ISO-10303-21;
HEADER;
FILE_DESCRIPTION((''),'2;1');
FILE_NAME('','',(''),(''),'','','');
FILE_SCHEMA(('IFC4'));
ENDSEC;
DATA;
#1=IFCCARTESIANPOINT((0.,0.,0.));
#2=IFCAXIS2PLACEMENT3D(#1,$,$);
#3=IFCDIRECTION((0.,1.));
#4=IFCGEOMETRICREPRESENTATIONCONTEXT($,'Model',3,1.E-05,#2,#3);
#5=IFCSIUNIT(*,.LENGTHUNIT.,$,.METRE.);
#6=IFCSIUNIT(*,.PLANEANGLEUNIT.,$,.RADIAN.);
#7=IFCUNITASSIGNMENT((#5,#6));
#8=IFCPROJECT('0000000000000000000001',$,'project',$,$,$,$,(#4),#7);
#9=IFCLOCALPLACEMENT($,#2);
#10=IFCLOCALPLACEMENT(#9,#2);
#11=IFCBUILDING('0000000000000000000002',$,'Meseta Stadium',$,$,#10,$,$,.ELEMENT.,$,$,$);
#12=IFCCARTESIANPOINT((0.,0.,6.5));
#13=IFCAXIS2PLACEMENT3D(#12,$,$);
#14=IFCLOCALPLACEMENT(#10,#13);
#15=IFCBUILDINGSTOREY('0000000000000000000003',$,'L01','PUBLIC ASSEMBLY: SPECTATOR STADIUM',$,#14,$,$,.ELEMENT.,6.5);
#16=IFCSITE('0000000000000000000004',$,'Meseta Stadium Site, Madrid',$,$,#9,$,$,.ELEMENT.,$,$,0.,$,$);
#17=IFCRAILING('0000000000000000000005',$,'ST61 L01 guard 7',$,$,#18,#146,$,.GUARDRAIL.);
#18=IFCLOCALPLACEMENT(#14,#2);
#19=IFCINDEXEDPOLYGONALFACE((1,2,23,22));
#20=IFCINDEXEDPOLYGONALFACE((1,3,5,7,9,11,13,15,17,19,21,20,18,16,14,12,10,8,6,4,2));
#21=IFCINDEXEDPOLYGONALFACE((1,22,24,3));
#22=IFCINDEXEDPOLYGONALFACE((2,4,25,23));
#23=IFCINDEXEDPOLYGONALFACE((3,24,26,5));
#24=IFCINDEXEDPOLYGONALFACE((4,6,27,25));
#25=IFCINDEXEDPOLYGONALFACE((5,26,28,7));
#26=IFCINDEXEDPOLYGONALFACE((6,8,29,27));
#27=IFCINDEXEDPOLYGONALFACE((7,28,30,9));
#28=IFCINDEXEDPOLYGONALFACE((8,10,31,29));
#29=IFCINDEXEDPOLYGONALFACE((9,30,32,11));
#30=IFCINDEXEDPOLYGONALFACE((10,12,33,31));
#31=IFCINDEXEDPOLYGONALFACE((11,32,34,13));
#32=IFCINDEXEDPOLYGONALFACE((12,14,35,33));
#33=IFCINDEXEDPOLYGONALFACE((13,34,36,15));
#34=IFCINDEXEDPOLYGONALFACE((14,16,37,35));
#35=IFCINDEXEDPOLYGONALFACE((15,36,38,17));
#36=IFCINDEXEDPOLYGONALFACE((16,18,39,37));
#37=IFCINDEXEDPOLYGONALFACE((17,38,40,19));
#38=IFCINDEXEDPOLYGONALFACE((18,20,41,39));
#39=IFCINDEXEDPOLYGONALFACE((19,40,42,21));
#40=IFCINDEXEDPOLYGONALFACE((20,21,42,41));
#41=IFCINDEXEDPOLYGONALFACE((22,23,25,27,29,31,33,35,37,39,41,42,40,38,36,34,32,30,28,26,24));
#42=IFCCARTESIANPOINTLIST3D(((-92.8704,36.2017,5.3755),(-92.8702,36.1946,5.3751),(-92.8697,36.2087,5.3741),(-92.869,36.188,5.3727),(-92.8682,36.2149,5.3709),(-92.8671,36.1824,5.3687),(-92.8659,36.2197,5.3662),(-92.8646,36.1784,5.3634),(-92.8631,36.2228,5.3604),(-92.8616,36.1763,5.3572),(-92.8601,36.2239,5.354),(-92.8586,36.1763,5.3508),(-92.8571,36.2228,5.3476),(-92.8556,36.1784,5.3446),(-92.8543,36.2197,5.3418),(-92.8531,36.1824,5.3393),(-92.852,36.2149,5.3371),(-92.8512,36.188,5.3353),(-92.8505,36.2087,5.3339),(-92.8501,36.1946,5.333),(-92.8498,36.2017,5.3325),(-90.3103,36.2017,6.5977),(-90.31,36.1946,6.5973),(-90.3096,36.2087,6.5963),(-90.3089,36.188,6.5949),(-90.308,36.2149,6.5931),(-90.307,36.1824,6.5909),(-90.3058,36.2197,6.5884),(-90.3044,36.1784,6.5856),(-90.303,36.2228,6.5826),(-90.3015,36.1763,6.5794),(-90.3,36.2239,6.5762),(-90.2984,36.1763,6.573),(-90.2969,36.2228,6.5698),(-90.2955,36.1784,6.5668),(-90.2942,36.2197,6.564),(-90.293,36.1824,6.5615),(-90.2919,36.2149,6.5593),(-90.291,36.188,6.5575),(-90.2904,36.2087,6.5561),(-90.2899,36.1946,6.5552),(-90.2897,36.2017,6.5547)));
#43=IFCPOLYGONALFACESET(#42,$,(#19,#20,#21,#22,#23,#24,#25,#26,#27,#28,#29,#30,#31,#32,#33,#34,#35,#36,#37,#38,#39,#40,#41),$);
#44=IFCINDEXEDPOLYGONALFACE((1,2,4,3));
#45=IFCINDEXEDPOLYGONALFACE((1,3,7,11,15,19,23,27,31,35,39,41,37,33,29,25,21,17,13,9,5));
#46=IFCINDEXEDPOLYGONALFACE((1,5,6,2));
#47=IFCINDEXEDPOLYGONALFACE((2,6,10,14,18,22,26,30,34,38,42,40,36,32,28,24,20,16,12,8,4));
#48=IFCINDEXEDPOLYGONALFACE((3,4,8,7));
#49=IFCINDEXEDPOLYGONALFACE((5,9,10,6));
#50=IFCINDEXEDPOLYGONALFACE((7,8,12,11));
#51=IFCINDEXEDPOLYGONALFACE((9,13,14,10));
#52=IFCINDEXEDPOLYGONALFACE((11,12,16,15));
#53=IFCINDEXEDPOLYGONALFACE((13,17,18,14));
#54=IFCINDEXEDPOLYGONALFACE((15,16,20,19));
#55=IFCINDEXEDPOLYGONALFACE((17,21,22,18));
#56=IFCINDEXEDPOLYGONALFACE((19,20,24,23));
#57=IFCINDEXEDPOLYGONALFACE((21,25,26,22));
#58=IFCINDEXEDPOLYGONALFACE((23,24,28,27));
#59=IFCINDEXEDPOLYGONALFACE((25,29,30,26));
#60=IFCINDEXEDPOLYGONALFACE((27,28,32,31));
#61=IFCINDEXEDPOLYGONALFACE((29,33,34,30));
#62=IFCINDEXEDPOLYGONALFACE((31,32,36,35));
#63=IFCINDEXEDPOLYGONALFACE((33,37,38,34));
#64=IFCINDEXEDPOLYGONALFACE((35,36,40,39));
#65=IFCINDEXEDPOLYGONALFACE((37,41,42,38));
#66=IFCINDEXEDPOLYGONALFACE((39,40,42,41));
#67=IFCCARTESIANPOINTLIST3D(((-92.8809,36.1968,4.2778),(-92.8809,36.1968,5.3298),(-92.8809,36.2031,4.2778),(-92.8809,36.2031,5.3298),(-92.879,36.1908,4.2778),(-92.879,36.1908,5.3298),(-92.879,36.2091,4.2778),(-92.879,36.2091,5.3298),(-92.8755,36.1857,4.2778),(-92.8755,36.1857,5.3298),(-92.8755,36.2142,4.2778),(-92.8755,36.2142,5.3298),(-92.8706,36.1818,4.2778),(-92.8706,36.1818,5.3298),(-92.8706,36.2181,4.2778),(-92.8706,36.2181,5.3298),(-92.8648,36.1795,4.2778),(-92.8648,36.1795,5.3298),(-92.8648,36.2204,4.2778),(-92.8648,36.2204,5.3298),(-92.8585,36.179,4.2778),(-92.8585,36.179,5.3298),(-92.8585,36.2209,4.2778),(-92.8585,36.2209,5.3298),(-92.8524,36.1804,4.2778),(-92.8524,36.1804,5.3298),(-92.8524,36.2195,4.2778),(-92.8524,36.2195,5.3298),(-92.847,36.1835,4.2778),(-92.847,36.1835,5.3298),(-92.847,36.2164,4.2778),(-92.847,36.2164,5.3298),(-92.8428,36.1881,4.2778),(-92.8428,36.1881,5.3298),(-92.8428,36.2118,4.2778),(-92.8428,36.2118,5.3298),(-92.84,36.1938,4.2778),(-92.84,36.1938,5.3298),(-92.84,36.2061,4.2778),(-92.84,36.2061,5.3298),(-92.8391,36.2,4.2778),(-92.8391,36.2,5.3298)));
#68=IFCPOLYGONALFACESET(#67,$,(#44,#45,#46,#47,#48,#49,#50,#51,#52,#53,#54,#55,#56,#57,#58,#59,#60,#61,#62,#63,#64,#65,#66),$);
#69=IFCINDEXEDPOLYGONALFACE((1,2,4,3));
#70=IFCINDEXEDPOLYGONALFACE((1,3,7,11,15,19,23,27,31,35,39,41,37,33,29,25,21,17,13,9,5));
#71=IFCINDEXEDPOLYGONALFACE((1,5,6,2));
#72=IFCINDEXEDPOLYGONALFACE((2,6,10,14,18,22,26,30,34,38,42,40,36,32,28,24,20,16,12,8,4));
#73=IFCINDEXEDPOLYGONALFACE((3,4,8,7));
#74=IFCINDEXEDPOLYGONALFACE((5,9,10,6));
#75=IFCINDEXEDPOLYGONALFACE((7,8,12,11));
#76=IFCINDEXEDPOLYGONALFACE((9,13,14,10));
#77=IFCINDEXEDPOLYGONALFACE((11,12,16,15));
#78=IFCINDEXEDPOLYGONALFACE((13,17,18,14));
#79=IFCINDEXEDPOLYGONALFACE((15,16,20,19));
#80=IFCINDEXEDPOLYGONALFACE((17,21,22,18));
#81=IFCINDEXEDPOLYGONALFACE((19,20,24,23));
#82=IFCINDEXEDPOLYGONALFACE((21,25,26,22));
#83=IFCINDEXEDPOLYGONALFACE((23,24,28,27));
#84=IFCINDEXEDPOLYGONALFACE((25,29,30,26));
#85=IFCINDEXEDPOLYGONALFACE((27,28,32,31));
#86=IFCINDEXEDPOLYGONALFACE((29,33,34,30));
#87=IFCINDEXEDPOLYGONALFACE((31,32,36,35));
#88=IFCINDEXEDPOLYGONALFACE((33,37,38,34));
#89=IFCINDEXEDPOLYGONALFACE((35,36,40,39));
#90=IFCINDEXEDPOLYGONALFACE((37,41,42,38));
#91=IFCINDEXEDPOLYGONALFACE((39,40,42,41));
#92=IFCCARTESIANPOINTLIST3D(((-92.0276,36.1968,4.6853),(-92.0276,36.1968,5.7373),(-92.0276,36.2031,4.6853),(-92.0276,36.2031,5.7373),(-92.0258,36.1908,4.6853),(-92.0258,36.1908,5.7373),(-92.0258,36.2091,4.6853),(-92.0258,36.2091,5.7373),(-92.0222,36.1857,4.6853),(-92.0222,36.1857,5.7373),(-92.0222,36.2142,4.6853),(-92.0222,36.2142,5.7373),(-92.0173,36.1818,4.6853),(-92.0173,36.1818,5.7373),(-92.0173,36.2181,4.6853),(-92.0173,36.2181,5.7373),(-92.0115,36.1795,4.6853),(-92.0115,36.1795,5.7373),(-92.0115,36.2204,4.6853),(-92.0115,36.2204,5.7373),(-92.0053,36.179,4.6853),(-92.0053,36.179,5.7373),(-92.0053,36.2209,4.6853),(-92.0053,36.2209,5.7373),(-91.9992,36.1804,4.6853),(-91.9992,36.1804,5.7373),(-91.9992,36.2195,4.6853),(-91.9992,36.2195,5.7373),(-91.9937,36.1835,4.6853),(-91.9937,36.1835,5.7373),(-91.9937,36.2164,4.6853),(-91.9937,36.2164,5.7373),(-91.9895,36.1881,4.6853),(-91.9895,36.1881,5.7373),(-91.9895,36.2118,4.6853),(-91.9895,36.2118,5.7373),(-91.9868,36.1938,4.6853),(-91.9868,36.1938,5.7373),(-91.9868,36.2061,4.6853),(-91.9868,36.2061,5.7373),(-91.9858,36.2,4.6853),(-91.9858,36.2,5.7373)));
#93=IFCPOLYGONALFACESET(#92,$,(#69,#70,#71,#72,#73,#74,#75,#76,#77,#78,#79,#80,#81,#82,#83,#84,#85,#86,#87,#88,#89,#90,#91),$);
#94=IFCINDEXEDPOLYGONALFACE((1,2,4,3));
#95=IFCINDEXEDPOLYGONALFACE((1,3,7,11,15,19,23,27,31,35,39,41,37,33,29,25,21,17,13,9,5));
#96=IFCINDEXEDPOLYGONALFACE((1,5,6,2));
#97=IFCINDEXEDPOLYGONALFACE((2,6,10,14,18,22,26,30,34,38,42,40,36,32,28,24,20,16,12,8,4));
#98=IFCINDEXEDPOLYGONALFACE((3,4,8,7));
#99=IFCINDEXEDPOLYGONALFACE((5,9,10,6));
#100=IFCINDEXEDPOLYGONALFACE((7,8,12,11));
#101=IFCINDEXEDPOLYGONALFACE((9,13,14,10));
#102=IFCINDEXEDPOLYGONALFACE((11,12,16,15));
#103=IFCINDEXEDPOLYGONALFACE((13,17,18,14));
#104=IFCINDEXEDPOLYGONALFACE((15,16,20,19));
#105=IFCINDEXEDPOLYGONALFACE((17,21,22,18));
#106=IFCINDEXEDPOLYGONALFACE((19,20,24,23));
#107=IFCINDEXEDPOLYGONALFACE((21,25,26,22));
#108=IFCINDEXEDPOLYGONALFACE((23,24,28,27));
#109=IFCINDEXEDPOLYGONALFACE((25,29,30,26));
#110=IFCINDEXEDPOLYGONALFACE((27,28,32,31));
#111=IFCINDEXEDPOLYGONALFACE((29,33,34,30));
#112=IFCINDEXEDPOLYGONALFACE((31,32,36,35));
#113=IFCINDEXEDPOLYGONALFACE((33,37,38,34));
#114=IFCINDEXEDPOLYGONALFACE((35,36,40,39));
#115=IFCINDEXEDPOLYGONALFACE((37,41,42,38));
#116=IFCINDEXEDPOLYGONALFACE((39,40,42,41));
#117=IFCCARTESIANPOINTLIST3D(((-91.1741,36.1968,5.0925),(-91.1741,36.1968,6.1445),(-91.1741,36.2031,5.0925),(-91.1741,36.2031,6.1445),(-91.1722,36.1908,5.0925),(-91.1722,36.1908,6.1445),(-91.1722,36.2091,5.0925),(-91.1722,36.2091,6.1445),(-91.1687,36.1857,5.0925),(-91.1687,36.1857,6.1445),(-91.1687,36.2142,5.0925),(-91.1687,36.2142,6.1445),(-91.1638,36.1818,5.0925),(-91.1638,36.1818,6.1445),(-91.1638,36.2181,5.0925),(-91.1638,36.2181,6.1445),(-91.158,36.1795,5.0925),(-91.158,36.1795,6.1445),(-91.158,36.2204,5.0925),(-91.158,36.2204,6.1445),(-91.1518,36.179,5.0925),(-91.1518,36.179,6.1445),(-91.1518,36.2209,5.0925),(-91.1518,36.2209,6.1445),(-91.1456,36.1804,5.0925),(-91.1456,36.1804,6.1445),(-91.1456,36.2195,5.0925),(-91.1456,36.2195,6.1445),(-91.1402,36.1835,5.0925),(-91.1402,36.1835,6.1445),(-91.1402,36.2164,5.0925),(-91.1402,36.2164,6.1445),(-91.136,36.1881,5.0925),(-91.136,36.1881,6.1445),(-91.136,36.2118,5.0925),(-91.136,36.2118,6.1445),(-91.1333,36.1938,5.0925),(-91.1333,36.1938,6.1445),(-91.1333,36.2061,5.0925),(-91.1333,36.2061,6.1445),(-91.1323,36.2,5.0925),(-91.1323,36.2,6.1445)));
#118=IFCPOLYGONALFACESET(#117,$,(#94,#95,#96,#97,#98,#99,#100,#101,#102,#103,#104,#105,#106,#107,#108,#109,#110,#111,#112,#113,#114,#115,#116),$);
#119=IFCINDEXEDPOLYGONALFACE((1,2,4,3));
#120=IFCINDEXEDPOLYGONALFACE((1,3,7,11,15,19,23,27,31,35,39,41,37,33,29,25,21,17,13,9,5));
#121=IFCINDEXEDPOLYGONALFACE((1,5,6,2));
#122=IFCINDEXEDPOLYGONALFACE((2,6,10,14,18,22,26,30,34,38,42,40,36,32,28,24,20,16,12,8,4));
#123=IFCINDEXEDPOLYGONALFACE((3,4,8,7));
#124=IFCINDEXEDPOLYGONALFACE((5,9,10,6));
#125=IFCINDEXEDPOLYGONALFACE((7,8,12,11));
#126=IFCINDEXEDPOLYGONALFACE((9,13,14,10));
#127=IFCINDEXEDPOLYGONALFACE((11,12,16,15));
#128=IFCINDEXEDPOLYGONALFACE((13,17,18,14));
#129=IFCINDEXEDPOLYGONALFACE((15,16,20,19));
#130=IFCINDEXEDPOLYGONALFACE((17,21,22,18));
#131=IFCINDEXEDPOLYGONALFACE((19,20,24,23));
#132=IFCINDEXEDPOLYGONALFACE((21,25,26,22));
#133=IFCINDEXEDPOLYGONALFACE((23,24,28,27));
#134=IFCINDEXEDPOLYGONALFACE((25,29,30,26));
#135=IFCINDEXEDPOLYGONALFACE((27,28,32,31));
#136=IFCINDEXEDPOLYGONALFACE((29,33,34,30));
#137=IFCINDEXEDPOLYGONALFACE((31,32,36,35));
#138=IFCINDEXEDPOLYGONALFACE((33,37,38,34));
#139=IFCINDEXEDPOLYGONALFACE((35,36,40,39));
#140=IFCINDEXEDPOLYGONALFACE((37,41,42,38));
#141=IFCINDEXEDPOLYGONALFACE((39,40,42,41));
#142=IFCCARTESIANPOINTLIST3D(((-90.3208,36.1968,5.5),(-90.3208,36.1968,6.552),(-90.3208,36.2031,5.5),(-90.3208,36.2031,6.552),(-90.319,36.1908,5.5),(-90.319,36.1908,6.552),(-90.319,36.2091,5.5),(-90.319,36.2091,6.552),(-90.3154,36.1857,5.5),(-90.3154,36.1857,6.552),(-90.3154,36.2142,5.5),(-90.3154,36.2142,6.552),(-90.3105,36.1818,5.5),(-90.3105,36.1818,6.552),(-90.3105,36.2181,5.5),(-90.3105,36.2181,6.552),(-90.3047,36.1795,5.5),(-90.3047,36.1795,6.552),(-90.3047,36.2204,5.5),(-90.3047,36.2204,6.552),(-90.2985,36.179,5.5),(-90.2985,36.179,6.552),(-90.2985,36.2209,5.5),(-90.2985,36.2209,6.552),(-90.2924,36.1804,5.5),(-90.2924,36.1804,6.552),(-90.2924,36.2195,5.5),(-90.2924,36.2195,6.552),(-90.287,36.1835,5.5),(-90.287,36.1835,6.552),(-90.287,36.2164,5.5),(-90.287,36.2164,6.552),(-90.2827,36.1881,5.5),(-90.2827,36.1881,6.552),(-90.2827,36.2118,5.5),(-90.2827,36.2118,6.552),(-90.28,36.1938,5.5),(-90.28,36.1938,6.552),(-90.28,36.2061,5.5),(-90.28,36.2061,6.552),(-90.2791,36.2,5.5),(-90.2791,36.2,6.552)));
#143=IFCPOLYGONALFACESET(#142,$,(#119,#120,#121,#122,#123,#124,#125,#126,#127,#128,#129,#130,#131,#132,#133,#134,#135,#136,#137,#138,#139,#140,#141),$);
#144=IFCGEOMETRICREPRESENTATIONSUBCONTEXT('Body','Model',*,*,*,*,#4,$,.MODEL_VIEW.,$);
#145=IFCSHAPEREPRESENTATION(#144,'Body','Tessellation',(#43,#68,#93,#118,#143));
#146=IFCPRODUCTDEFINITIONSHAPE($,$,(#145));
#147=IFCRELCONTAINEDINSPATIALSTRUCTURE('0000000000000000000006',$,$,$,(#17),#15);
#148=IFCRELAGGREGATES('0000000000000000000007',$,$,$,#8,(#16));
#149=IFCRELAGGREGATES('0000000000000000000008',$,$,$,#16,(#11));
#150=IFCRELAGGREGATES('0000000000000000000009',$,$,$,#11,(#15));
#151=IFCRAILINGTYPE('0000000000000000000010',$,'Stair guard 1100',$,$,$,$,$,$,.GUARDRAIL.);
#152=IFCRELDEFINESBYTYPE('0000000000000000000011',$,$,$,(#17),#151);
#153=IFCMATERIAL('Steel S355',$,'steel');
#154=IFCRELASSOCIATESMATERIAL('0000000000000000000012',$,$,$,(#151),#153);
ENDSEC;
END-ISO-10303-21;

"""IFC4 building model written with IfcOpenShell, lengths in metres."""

from ifc_helpers import new_model, si_unit, direction, frame, origin, origin_2d, place, context, subcontext, project, spatial, circle, extrude, material, type_object, element, save


model = new_model("IFC4")

# Units and contexts
model_context = context("Model", 3, precision=1e-05, world=origin(), true_north=direction((0.0, 1.0)))
body_context = subcontext(model_context, "Body", "Model", "MODEL_VIEW")
ifc_project = project(units=[si_unit("LENGTHUNIT", "METRE"), si_unit("PLANEANGLEUNIT", "RADIAN")], contexts=[model_context])

# Site, building, storey
site_placement = place(None, origin())
site = spatial("IfcSite", under=ifc_project, at=site_placement, Name="Meseta Stadium Site, Madrid", CompositionType="ELEMENT", RefElevation=0.0)
building_placement = place(site_placement, origin())
building = spatial("IfcBuilding", under=site, at=building_placement, Name="Meseta Stadium", CompositionType="ELEMENT")
storey_placement = place(building_placement, frame((0.0, 0.0, 6.5)))
storey = spatial("IfcBuildingStorey", under=building, at=storey_placement, Name="L01", Description="PUBLIC ASSEMBLY: SPECTATOR STADIUM", CompositionType="ELEMENT", Elevation=6.5)

# Railing
ifc_material_1 = material(Name="Steel S355", Category="steel")
railing_type_1 = type_object("IfcRailingType", Name="Stair guard 1100", PredefinedType="GUARDRAIL", material=ifc_material_1)
railing_1_placement = place(storey_placement, frame((-92.8601, 36.2, 4.2778)))
element("IfcRailing", 1, at=railing_1_placement, inside=storey, type_object=railing_type_1, Name="ST61 L01 guard 7", PredefinedType="GUARDRAIL", context=body_context, shape_type="SweptSolid", body=[
    extrude(circle(Radius=0.0239, at=origin_2d()), frame((0.0, 0.0, 1.0762), z_axis=(0.902437, 0.0, 0.430822), x_axis=(0.0, 1.0, 0.0)), (0.0, 0.0, 1.0), 2.8369),
    extrude(circle(Radius=0.021, at=origin_2d()), origin(), (0.0, 0.0, 1.0), 1.052),
    extrude(circle(Radius=0.021, at=origin_2d()), frame((0.8533, 0.0, 0.4075)), (0.0, 0.0, 1.0), 1.052),
    extrude(circle(Radius=0.021, at=origin_2d()), frame((1.7068, 0.0, 0.8147)), (0.0, 0.0, 1.0), 1.052),
    extrude(circle(Radius=0.021, at=origin_2d()), frame((2.5601, 0.0, 1.2222)), (0.0, 0.0, 1.0), 1.052),
])

save(model, "model.ifc")
